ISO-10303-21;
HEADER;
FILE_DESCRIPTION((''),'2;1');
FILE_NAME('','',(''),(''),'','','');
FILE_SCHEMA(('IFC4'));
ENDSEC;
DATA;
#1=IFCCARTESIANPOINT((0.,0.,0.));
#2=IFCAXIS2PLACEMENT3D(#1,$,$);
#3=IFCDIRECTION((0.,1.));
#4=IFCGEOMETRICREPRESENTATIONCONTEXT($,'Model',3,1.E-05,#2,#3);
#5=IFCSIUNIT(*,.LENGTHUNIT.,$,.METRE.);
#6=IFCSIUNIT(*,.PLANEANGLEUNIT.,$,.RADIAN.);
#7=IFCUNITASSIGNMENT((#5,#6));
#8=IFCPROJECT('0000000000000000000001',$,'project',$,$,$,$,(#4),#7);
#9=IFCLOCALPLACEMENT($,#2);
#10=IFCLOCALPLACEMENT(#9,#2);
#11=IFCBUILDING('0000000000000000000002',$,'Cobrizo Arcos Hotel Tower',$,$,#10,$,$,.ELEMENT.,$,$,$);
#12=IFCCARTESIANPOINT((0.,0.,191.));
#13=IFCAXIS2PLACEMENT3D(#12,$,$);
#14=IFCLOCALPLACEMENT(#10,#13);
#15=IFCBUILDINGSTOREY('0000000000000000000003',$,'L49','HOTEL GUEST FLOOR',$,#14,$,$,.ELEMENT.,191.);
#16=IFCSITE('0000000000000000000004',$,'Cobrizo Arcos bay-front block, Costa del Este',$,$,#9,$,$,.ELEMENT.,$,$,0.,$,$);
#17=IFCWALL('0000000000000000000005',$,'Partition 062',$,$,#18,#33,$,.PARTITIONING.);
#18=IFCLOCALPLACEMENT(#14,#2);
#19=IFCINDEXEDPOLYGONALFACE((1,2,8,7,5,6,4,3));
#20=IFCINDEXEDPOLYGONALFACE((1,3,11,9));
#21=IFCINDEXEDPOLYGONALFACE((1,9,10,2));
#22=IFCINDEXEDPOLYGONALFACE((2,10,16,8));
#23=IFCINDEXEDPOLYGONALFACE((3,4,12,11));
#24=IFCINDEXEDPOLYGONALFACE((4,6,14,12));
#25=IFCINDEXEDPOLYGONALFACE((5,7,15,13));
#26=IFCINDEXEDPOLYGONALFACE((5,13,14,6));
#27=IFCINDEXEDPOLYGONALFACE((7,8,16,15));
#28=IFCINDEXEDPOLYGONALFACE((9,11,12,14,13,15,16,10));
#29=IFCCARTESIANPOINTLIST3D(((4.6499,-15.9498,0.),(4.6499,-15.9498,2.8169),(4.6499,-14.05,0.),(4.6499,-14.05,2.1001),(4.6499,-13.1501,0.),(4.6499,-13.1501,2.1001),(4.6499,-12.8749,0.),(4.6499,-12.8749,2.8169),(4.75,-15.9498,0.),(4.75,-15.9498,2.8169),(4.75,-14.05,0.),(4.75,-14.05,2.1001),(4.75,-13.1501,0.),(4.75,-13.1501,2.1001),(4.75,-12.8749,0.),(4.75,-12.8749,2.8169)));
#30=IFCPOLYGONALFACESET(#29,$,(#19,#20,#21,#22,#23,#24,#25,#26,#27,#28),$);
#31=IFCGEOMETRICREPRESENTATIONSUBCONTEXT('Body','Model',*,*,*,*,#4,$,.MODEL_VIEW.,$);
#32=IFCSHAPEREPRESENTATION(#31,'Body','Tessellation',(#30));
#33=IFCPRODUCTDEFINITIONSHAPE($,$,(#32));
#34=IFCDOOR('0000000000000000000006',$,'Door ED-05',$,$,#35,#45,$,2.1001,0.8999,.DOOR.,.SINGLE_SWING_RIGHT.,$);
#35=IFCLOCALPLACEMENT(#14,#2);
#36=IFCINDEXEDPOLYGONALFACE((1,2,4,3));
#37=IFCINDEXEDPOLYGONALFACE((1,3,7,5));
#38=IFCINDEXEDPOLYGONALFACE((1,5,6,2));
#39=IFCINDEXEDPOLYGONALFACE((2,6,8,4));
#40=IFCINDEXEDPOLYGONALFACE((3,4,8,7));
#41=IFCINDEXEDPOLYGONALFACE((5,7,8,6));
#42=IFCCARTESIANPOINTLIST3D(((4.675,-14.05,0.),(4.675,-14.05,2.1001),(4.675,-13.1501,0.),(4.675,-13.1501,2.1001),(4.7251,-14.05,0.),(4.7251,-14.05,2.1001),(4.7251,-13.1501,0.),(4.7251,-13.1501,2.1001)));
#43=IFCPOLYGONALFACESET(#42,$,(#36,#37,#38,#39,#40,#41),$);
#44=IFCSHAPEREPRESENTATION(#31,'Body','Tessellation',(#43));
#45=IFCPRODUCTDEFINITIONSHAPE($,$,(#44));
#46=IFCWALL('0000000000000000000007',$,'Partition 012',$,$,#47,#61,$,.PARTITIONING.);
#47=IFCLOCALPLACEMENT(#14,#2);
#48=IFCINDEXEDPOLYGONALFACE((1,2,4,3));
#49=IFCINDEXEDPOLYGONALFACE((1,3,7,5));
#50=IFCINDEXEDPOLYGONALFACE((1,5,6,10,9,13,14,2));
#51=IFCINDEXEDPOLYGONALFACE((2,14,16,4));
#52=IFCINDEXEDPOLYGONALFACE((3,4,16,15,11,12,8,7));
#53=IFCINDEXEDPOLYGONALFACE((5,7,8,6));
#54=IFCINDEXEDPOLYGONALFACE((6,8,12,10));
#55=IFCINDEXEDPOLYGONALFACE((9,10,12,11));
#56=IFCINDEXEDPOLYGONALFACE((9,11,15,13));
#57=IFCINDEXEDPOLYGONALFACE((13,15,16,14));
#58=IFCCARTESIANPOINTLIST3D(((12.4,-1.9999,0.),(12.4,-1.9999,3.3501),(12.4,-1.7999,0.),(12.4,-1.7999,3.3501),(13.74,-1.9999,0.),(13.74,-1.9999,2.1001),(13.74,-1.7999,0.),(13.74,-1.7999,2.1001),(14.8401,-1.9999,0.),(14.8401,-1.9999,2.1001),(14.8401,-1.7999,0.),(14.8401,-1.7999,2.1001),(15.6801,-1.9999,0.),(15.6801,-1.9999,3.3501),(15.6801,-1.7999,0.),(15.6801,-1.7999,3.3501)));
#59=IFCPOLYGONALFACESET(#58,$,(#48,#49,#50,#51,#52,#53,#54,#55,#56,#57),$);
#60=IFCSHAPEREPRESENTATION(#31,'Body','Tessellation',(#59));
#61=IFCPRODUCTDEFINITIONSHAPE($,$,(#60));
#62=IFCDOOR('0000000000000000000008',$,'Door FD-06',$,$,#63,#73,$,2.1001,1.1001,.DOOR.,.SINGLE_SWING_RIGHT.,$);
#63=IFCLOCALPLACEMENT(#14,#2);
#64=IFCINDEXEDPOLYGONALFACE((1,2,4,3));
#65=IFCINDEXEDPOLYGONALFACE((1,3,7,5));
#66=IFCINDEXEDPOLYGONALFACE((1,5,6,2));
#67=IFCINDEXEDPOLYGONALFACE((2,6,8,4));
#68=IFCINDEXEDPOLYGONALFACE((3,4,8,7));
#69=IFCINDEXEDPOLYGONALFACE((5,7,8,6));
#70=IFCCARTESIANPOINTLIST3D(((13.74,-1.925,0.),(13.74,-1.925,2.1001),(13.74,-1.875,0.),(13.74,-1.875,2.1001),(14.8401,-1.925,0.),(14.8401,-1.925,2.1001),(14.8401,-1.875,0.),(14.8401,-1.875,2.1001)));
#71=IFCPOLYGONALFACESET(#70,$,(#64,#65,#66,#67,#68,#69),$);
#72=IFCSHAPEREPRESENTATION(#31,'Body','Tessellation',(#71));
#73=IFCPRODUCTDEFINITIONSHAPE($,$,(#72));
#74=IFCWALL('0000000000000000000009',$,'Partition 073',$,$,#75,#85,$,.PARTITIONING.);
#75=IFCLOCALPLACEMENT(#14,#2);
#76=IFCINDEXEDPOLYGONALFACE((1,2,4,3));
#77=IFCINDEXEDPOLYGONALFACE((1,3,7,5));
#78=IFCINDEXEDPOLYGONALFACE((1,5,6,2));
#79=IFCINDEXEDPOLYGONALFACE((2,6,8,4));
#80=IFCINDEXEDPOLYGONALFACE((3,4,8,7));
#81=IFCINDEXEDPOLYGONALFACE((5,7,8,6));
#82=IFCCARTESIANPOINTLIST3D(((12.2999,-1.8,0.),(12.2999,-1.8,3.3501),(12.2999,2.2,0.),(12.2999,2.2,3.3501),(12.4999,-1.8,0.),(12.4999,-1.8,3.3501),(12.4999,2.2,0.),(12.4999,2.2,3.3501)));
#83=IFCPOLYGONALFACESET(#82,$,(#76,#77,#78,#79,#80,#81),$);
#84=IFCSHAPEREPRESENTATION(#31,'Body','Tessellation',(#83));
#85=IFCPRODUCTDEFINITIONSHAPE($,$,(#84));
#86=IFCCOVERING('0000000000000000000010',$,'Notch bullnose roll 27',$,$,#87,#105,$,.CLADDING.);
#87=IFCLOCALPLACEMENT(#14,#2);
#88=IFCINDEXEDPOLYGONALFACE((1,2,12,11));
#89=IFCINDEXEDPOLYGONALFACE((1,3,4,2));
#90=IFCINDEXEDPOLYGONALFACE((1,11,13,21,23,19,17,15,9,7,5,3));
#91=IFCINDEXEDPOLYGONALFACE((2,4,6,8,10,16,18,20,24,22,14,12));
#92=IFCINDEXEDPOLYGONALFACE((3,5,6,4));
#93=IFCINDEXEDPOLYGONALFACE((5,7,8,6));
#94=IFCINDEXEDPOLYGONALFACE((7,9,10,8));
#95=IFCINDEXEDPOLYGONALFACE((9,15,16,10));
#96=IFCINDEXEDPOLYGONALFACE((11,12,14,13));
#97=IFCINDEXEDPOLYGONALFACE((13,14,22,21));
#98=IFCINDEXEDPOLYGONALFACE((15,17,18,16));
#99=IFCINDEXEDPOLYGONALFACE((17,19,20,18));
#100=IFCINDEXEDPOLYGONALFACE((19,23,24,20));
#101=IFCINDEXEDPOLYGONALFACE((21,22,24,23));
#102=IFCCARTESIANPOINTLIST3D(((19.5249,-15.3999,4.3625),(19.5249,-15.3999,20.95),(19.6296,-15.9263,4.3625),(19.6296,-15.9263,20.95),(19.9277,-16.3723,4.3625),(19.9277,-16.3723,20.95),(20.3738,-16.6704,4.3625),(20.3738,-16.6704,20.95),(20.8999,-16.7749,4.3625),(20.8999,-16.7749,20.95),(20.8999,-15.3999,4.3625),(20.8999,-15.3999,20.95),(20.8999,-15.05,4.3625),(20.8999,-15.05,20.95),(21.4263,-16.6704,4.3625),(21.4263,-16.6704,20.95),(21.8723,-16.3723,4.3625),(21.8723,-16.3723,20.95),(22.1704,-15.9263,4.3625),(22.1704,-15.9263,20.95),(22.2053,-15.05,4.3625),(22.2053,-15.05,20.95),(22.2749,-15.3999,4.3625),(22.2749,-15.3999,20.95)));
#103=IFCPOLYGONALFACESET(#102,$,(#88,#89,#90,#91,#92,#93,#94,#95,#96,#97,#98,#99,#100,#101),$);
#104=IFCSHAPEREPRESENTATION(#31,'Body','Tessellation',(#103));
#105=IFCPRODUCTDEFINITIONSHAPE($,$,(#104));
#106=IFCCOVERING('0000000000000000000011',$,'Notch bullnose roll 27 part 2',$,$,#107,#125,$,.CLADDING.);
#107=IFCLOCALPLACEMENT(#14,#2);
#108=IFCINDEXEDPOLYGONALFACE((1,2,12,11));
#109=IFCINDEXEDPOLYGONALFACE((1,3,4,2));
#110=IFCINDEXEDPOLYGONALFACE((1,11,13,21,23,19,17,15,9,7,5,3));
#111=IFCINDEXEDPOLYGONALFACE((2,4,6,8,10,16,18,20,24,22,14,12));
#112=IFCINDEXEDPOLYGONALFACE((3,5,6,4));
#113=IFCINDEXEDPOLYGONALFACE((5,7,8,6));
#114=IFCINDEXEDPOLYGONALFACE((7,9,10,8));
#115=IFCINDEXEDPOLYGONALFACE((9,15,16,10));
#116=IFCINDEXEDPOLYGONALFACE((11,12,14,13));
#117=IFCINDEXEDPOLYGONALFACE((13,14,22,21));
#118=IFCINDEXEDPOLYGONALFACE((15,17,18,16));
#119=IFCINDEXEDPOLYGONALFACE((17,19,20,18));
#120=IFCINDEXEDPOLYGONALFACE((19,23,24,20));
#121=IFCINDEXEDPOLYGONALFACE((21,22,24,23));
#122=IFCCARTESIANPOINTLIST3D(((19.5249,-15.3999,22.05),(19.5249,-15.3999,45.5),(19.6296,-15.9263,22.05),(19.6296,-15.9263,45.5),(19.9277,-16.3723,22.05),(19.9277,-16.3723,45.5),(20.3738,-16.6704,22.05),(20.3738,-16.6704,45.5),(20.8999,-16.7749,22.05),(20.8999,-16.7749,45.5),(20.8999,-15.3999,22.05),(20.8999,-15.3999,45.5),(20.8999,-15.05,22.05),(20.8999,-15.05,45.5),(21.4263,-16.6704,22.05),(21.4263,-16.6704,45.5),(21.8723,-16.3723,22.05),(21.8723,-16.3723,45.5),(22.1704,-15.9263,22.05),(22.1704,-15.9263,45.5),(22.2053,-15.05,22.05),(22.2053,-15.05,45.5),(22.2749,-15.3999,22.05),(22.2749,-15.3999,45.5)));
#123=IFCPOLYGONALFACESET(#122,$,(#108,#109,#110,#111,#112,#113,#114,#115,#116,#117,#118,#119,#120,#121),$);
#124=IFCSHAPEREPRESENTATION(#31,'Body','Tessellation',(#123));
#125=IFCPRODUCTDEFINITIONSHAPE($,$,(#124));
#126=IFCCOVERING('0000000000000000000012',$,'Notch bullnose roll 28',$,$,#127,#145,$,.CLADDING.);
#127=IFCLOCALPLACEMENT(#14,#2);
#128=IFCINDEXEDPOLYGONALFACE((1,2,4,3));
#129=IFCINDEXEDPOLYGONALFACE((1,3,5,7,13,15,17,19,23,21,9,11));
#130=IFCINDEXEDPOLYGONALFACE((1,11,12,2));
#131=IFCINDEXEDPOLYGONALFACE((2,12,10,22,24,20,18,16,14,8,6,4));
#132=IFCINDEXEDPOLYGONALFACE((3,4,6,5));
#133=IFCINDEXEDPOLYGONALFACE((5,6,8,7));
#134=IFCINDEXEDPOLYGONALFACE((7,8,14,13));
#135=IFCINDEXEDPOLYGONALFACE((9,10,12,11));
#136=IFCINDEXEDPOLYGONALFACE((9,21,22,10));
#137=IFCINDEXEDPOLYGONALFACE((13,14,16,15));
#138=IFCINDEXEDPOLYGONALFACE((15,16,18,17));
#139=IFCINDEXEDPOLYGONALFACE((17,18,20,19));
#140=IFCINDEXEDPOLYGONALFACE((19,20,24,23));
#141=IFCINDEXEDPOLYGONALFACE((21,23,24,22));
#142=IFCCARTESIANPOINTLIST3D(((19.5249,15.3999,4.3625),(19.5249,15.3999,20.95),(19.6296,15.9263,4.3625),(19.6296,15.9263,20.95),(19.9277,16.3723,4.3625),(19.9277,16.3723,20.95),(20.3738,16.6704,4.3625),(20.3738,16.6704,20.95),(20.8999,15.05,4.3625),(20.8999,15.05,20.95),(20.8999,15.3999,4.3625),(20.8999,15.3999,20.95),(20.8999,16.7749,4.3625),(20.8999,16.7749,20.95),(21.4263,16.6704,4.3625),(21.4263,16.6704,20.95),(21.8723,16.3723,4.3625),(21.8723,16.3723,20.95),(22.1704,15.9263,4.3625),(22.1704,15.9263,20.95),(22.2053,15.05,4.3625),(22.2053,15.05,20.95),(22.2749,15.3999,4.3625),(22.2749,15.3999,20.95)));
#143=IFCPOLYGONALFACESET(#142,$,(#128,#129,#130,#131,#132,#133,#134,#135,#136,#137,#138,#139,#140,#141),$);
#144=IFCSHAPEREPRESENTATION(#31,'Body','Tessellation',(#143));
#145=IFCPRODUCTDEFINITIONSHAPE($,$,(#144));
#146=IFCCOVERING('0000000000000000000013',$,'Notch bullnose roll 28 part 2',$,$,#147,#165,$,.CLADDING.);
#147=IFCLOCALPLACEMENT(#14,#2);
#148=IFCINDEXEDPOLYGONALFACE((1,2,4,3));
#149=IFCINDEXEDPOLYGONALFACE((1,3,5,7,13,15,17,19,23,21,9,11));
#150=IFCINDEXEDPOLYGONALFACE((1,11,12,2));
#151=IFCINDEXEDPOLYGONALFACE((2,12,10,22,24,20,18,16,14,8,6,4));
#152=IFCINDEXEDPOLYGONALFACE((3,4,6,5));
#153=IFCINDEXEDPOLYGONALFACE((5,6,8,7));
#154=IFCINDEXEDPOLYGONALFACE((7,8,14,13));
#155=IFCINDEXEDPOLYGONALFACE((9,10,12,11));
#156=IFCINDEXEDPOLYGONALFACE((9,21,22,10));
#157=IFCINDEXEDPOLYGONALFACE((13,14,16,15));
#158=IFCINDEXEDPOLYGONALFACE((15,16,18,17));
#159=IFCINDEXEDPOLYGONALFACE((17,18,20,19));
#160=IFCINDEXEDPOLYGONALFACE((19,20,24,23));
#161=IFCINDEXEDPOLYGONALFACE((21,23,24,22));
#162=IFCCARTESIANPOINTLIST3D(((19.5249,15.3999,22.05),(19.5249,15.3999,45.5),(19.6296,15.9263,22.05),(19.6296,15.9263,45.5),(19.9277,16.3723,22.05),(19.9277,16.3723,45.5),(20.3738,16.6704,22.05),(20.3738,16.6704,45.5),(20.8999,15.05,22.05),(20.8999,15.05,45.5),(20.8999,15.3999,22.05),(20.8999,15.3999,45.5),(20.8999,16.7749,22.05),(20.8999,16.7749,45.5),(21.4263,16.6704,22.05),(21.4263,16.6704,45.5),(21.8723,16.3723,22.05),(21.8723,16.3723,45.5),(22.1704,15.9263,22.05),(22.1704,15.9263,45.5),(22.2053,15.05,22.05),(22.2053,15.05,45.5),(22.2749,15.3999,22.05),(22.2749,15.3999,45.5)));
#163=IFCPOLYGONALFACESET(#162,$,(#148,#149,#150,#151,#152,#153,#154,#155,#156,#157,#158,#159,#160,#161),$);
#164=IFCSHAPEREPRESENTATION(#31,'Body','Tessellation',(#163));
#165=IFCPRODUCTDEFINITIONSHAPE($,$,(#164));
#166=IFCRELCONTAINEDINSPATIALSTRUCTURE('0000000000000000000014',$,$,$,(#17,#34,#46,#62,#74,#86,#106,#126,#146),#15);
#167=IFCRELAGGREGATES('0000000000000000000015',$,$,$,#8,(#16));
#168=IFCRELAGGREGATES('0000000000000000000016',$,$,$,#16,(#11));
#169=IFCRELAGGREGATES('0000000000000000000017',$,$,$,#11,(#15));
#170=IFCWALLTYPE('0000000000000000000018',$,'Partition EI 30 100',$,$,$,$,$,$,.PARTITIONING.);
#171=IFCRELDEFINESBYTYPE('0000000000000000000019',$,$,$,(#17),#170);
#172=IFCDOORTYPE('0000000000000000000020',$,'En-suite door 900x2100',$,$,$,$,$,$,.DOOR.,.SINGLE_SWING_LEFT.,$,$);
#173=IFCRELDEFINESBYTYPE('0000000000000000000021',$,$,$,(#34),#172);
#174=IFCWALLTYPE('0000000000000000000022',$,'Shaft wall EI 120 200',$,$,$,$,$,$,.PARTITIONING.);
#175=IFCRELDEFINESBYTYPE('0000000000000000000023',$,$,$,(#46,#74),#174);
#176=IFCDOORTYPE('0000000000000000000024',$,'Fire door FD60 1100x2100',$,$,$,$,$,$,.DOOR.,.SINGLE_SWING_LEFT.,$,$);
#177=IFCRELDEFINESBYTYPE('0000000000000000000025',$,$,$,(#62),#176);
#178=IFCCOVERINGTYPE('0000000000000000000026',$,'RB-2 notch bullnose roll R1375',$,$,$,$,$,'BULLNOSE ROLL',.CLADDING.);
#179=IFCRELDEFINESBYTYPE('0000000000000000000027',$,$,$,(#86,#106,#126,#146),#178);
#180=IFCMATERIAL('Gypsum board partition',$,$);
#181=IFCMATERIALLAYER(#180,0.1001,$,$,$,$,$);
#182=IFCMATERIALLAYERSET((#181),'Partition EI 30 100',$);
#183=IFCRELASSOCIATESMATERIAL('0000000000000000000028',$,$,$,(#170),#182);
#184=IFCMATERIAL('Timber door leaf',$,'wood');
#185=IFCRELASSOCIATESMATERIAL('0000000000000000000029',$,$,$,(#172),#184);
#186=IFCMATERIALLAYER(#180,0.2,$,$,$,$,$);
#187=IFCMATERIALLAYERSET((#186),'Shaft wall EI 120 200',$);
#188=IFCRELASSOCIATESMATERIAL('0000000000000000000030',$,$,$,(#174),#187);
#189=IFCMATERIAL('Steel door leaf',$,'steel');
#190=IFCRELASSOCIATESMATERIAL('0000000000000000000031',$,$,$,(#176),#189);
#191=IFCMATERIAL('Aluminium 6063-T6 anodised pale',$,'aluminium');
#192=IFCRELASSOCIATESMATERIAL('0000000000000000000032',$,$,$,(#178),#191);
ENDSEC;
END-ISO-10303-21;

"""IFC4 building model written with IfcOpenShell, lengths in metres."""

from ifc_helpers import new_model, si_unit, direction, frame, frame_2d, origin, place, context, subcontext, project, spatial, polyline, rectangle, outline, extrude, material, layer, layer_set, type_object, element, fill, save


model = new_model("IFC4")

# Units and contexts
model_context = context("Model", 3, precision=1e-05, world=origin(), true_north=direction((0.0, 1.0)))
body_context = subcontext(model_context, "Body", "Model", "MODEL_VIEW")
ifc_project = project(units=[si_unit("LENGTHUNIT", "METRE"), si_unit("PLANEANGLEUNIT", "RADIAN")], contexts=[model_context])

# Site, building, storey
site_placement = place(None, origin())
site = spatial("IfcSite", under=ifc_project, at=site_placement, Name="Cobrizo Arcos bay-front block, Costa del Este", CompositionType="ELEMENT", RefElevation=0.0)
building_placement = place(site_placement, origin())
building = spatial("IfcBuilding", under=site, at=building_placement, Name="Cobrizo Arcos Hotel Tower", CompositionType="ELEMENT")
storey_placement = place(building_placement, frame((0.0, 0.0, 191.0)))
storey = spatial("IfcBuildingStorey", under=building, at=storey_placement, Name="L49", Description="HOTEL GUEST FLOOR", CompositionType="ELEMENT", Elevation=191.0)

# Shared definitions
ifc_material_1 = material(Name="Gypsum board partition")

# Shared definitions
ifc_material_2 = material(Name="Timber door leaf", Category="wood")

# Shared definitions
ifc_layer_1 = layer(ifc_material_1, 0.1001)
ifc_layer_set_1 = layer_set([ifc_layer_1], Name="Partition EI 30 100")
wall_type_1 = type_object("IfcWallType", Name="Partition EI 30 100", PredefinedType="PARTITIONING", material=ifc_layer_set_1)

# Walls, openings, doors
wall_1_placement = place(storey_placement, frame((4.7, -15.95, 0.0), z_axis=(0.0, 0.0, 1.0), x_axis=(0.0, 1.0, 0.0)))
wall_1 = element("IfcWall", 1, at=wall_1_placement, inside=storey, type_object=wall_type_1, Name="Partition 062", PredefinedType="PARTITIONING", context=body_context, shape_type="SweptSolid", body=[
    extrude(rectangle(XDim=3.075, YDim=0.1001, at=frame_2d((1.5376, 0.0))), origin(), (0.0, 0.0, 1.0), 2.8169),
])
opening_1_placement = place(wall_1_placement, frame((1.8999, 0.0, 0.0)))
opening_1 = element("IfcOpeningElement", 2, at=opening_1_placement, cuts=wall_1, PredefinedType="OPENING", context=body_context, shape_type="SweptSolid", body=[
    extrude(rectangle(XDim=0.8999, YDim=2.1001, at=frame_2d((0.45, 1.05))), frame((0.0, 0.062, 0.0), z_axis=(0.0, -1.0, 0.0), x_axis=(1.0, 0.0, 0.0)), (0.0, 0.0, 1.0), 0.124),
])
door_type_1 = type_object("IfcDoorType", Name="En-suite door 900x2100", OperationType="SINGLE_SWING_LEFT", PredefinedType="DOOR", material=ifc_material_2)
door_1_placement = place(opening_1_placement, origin())
door_1 = element("IfcDoor", 3, at=door_1_placement, inside=storey, type_object=door_type_1, Name="Door ED-05", OperationType="SINGLE_SWING_RIGHT", OverallHeight=2.1001, OverallWidth=0.8999, PredefinedType="DOOR", context=body_context, shape_type="SweptSolid", body=[
    extrude(rectangle(XDim=0.8999, YDim=2.1001, at=frame_2d((0.45, 1.05))), frame((0.0, 0.0249, 0.0), z_axis=(0.0, -1.0, 0.0), x_axis=(1.0, 0.0, 0.0)), (0.0, 0.0, 1.0), 0.05),
])
fill(opening_1, door_1)
ifc_layer_2 = layer(ifc_material_1, 0.2)
ifc_layer_set_2 = layer_set([ifc_layer_2], Name="Shaft wall EI 120 200")
wall_type_2 = type_object("IfcWallType", Name="Shaft wall EI 120 200", PredefinedType="PARTITIONING", material=ifc_layer_set_2)
wall_2_placement = place(storey_placement, frame((12.3999, -1.8999, 0.0), z_axis=(0.0, 0.0, 1.0), x_axis=(1.0, 0.0, 0.0)))
wall_2 = element("IfcWall", 4, at=wall_2_placement, inside=storey, type_object=wall_type_2, Name="Partition 012", PredefinedType="PARTITIONING", context=body_context, shape_type="SweptSolid", body=[
    extrude(rectangle(XDim=3.28, YDim=0.2, at=frame_2d((1.6401, 0.0))), origin(), (0.0, 0.0, 1.0), 3.3501),
])
opening_2_placement = place(wall_2_placement, frame((1.3401, 0.0, 0.0)))
opening_2 = element("IfcOpeningElement", 5, at=opening_2_placement, cuts=wall_2, PredefinedType="OPENING", context=body_context, shape_type="SweptSolid", body=[
    extrude(rectangle(XDim=1.1001, YDim=2.1001, at=frame_2d((0.55, 1.05))), frame((0.0, 0.1121, 0.0), z_axis=(0.0, -1.0, 0.0), x_axis=(1.0, 0.0, 0.0)), (0.0, 0.0, 1.0), 0.2239),
])
ifc_material_3 = material(Name="Steel door leaf", Category="steel")
door_type_2 = type_object("IfcDoorType", Name="Fire door FD60 1100x2100", OperationType="SINGLE_SWING_LEFT", PredefinedType="DOOR", material=ifc_material_3)
door_2_placement = place(opening_2_placement, origin())
door_2 = element("IfcDoor", 6, at=door_2_placement, inside=storey, type_object=door_type_2, Name="Door FD-06", OperationType="SINGLE_SWING_RIGHT", OverallHeight=2.1001, OverallWidth=1.1001, PredefinedType="DOOR", context=body_context, shape_type="SweptSolid", body=[
    extrude(rectangle(XDim=1.1001, YDim=2.1001, at=frame_2d((0.55, 1.05))), frame((0.0, 0.0249, 0.0), z_axis=(0.0, -1.0, 0.0), x_axis=(1.0, 0.0, 0.0)), (0.0, 0.0, 1.0), 0.05),
])
fill(opening_2, door_2)

# Wall
wall_3_placement = place(storey_placement, frame((12.3999, -1.8, 0.0), z_axis=(0.0, 0.0, 1.0), x_axis=(0.0, 1.0, 0.0)))
element("IfcWall", 7, at=wall_3_placement, inside=storey, type_object=wall_type_2, Name="Partition 073", PredefinedType="PARTITIONING", context=body_context, shape_type="SweptSolid", body=[
    extrude(rectangle(XDim=4.0, YDim=0.2, at=frame_2d((2.0, 0.0))), origin(), (0.0, 0.0, 1.0), 3.3501),
])

# Coverings
ifc_material_4 = material(Name="Aluminium 6063-T6 anodised pale", Category="aluminium")
covering_type = type_object("IfcCoveringType", Name="RB-2 notch bullnose roll R1375", ElementType="BULLNOSE ROLL", PredefinedType="CLADDING", material=ifc_material_4)
covering_1_placement = place(storey_placement, frame((0.0, 0.0, 4.3625)))
element("IfcCovering", 8, at=covering_1_placement, inside=storey, type_object=covering_type, Name="Notch bullnose roll 27", PredefinedType="CLADDING", context=body_context, shape_type="SweptSolid", body=[
    extrude(outline(polyline([(19.9277, -16.3723), (20.3738, -16.6704), (20.8999, -16.7749), (21.4263, -16.6704), (21.8723, -16.3723), (22.1704, -15.9263), (22.2749, -15.3999), (22.2053, -15.05), (20.8999, -15.05), (20.8999, -15.3999), (19.5249, -15.3999), (19.6296, -15.9263), (19.9277, -16.3723)])), origin(), (0.0, 0.0, 1.0), 16.5874),
])
covering_2_placement = place(storey_placement, frame((0.0, 0.0, 22.05)))
element("IfcCovering", 9, at=covering_2_placement, inside=storey, type_object=covering_type, Name="Notch bullnose roll 27 part 2", PredefinedType="CLADDING", context=body_context, shape_type="SweptSolid", body=[
    extrude(outline(polyline([(19.9277, -16.3723), (20.3738, -16.6704), (20.8999, -16.7749), (21.4263, -16.6704), (21.8723, -16.3723), (22.1704, -15.9263), (22.2749, -15.3999), (22.2053, -15.05), (20.8999, -15.05), (20.8999, -15.3999), (19.5249, -15.3999), (19.6296, -15.9263), (19.9277, -16.3723)])), origin(), (0.0, 0.0, 1.0), 23.45),
])
covering_3_placement = place(storey_placement, frame((0.0, 0.0, 4.3625)))
element("IfcCovering", 10, at=covering_3_placement, inside=storey, type_object=covering_type, Name="Notch bullnose roll 28", PredefinedType="CLADDING", context=body_context, shape_type="SweptSolid", body=[
    extrude(outline(polyline([(19.9277, 16.3723), (19.6296, 15.9263), (19.5249, 15.3999), (20.8999, 15.3999), (20.8999, 15.05), (22.2053, 15.05), (22.2749, 15.3999), (22.1704, 15.9263), (21.8723, 16.3723), (21.4263, 16.6704), (20.8999, 16.7749), (20.3738, 16.6704), (19.9277, 16.3723)])), origin(), (0.0, 0.0, 1.0), 16.5874),
])
covering_4_placement = place(storey_placement, frame((0.0, 0.0, 22.05)))
element("IfcCovering", 11, at=covering_4_placement, inside=storey, type_object=covering_type, Name="Notch bullnose roll 28 part 2", PredefinedType="CLADDING", context=body_context, shape_type="SweptSolid", body=[
    extrude(outline(polyline([(19.9277, 16.3723), (19.6296, 15.9263), (19.5249, 15.3999), (20.8999, 15.3999), (20.8999, 15.05), (22.2053, 15.05), (22.2749, 15.3999), (22.1704, 15.9263), (21.8723, 16.3723), (21.4263, 16.6704), (20.8999, 16.7749), (20.3738, 16.6704), (19.9277, 16.3723)])), origin(), (0.0, 0.0, 1.0), 23.45),
])

save(model, "model.ifc")
